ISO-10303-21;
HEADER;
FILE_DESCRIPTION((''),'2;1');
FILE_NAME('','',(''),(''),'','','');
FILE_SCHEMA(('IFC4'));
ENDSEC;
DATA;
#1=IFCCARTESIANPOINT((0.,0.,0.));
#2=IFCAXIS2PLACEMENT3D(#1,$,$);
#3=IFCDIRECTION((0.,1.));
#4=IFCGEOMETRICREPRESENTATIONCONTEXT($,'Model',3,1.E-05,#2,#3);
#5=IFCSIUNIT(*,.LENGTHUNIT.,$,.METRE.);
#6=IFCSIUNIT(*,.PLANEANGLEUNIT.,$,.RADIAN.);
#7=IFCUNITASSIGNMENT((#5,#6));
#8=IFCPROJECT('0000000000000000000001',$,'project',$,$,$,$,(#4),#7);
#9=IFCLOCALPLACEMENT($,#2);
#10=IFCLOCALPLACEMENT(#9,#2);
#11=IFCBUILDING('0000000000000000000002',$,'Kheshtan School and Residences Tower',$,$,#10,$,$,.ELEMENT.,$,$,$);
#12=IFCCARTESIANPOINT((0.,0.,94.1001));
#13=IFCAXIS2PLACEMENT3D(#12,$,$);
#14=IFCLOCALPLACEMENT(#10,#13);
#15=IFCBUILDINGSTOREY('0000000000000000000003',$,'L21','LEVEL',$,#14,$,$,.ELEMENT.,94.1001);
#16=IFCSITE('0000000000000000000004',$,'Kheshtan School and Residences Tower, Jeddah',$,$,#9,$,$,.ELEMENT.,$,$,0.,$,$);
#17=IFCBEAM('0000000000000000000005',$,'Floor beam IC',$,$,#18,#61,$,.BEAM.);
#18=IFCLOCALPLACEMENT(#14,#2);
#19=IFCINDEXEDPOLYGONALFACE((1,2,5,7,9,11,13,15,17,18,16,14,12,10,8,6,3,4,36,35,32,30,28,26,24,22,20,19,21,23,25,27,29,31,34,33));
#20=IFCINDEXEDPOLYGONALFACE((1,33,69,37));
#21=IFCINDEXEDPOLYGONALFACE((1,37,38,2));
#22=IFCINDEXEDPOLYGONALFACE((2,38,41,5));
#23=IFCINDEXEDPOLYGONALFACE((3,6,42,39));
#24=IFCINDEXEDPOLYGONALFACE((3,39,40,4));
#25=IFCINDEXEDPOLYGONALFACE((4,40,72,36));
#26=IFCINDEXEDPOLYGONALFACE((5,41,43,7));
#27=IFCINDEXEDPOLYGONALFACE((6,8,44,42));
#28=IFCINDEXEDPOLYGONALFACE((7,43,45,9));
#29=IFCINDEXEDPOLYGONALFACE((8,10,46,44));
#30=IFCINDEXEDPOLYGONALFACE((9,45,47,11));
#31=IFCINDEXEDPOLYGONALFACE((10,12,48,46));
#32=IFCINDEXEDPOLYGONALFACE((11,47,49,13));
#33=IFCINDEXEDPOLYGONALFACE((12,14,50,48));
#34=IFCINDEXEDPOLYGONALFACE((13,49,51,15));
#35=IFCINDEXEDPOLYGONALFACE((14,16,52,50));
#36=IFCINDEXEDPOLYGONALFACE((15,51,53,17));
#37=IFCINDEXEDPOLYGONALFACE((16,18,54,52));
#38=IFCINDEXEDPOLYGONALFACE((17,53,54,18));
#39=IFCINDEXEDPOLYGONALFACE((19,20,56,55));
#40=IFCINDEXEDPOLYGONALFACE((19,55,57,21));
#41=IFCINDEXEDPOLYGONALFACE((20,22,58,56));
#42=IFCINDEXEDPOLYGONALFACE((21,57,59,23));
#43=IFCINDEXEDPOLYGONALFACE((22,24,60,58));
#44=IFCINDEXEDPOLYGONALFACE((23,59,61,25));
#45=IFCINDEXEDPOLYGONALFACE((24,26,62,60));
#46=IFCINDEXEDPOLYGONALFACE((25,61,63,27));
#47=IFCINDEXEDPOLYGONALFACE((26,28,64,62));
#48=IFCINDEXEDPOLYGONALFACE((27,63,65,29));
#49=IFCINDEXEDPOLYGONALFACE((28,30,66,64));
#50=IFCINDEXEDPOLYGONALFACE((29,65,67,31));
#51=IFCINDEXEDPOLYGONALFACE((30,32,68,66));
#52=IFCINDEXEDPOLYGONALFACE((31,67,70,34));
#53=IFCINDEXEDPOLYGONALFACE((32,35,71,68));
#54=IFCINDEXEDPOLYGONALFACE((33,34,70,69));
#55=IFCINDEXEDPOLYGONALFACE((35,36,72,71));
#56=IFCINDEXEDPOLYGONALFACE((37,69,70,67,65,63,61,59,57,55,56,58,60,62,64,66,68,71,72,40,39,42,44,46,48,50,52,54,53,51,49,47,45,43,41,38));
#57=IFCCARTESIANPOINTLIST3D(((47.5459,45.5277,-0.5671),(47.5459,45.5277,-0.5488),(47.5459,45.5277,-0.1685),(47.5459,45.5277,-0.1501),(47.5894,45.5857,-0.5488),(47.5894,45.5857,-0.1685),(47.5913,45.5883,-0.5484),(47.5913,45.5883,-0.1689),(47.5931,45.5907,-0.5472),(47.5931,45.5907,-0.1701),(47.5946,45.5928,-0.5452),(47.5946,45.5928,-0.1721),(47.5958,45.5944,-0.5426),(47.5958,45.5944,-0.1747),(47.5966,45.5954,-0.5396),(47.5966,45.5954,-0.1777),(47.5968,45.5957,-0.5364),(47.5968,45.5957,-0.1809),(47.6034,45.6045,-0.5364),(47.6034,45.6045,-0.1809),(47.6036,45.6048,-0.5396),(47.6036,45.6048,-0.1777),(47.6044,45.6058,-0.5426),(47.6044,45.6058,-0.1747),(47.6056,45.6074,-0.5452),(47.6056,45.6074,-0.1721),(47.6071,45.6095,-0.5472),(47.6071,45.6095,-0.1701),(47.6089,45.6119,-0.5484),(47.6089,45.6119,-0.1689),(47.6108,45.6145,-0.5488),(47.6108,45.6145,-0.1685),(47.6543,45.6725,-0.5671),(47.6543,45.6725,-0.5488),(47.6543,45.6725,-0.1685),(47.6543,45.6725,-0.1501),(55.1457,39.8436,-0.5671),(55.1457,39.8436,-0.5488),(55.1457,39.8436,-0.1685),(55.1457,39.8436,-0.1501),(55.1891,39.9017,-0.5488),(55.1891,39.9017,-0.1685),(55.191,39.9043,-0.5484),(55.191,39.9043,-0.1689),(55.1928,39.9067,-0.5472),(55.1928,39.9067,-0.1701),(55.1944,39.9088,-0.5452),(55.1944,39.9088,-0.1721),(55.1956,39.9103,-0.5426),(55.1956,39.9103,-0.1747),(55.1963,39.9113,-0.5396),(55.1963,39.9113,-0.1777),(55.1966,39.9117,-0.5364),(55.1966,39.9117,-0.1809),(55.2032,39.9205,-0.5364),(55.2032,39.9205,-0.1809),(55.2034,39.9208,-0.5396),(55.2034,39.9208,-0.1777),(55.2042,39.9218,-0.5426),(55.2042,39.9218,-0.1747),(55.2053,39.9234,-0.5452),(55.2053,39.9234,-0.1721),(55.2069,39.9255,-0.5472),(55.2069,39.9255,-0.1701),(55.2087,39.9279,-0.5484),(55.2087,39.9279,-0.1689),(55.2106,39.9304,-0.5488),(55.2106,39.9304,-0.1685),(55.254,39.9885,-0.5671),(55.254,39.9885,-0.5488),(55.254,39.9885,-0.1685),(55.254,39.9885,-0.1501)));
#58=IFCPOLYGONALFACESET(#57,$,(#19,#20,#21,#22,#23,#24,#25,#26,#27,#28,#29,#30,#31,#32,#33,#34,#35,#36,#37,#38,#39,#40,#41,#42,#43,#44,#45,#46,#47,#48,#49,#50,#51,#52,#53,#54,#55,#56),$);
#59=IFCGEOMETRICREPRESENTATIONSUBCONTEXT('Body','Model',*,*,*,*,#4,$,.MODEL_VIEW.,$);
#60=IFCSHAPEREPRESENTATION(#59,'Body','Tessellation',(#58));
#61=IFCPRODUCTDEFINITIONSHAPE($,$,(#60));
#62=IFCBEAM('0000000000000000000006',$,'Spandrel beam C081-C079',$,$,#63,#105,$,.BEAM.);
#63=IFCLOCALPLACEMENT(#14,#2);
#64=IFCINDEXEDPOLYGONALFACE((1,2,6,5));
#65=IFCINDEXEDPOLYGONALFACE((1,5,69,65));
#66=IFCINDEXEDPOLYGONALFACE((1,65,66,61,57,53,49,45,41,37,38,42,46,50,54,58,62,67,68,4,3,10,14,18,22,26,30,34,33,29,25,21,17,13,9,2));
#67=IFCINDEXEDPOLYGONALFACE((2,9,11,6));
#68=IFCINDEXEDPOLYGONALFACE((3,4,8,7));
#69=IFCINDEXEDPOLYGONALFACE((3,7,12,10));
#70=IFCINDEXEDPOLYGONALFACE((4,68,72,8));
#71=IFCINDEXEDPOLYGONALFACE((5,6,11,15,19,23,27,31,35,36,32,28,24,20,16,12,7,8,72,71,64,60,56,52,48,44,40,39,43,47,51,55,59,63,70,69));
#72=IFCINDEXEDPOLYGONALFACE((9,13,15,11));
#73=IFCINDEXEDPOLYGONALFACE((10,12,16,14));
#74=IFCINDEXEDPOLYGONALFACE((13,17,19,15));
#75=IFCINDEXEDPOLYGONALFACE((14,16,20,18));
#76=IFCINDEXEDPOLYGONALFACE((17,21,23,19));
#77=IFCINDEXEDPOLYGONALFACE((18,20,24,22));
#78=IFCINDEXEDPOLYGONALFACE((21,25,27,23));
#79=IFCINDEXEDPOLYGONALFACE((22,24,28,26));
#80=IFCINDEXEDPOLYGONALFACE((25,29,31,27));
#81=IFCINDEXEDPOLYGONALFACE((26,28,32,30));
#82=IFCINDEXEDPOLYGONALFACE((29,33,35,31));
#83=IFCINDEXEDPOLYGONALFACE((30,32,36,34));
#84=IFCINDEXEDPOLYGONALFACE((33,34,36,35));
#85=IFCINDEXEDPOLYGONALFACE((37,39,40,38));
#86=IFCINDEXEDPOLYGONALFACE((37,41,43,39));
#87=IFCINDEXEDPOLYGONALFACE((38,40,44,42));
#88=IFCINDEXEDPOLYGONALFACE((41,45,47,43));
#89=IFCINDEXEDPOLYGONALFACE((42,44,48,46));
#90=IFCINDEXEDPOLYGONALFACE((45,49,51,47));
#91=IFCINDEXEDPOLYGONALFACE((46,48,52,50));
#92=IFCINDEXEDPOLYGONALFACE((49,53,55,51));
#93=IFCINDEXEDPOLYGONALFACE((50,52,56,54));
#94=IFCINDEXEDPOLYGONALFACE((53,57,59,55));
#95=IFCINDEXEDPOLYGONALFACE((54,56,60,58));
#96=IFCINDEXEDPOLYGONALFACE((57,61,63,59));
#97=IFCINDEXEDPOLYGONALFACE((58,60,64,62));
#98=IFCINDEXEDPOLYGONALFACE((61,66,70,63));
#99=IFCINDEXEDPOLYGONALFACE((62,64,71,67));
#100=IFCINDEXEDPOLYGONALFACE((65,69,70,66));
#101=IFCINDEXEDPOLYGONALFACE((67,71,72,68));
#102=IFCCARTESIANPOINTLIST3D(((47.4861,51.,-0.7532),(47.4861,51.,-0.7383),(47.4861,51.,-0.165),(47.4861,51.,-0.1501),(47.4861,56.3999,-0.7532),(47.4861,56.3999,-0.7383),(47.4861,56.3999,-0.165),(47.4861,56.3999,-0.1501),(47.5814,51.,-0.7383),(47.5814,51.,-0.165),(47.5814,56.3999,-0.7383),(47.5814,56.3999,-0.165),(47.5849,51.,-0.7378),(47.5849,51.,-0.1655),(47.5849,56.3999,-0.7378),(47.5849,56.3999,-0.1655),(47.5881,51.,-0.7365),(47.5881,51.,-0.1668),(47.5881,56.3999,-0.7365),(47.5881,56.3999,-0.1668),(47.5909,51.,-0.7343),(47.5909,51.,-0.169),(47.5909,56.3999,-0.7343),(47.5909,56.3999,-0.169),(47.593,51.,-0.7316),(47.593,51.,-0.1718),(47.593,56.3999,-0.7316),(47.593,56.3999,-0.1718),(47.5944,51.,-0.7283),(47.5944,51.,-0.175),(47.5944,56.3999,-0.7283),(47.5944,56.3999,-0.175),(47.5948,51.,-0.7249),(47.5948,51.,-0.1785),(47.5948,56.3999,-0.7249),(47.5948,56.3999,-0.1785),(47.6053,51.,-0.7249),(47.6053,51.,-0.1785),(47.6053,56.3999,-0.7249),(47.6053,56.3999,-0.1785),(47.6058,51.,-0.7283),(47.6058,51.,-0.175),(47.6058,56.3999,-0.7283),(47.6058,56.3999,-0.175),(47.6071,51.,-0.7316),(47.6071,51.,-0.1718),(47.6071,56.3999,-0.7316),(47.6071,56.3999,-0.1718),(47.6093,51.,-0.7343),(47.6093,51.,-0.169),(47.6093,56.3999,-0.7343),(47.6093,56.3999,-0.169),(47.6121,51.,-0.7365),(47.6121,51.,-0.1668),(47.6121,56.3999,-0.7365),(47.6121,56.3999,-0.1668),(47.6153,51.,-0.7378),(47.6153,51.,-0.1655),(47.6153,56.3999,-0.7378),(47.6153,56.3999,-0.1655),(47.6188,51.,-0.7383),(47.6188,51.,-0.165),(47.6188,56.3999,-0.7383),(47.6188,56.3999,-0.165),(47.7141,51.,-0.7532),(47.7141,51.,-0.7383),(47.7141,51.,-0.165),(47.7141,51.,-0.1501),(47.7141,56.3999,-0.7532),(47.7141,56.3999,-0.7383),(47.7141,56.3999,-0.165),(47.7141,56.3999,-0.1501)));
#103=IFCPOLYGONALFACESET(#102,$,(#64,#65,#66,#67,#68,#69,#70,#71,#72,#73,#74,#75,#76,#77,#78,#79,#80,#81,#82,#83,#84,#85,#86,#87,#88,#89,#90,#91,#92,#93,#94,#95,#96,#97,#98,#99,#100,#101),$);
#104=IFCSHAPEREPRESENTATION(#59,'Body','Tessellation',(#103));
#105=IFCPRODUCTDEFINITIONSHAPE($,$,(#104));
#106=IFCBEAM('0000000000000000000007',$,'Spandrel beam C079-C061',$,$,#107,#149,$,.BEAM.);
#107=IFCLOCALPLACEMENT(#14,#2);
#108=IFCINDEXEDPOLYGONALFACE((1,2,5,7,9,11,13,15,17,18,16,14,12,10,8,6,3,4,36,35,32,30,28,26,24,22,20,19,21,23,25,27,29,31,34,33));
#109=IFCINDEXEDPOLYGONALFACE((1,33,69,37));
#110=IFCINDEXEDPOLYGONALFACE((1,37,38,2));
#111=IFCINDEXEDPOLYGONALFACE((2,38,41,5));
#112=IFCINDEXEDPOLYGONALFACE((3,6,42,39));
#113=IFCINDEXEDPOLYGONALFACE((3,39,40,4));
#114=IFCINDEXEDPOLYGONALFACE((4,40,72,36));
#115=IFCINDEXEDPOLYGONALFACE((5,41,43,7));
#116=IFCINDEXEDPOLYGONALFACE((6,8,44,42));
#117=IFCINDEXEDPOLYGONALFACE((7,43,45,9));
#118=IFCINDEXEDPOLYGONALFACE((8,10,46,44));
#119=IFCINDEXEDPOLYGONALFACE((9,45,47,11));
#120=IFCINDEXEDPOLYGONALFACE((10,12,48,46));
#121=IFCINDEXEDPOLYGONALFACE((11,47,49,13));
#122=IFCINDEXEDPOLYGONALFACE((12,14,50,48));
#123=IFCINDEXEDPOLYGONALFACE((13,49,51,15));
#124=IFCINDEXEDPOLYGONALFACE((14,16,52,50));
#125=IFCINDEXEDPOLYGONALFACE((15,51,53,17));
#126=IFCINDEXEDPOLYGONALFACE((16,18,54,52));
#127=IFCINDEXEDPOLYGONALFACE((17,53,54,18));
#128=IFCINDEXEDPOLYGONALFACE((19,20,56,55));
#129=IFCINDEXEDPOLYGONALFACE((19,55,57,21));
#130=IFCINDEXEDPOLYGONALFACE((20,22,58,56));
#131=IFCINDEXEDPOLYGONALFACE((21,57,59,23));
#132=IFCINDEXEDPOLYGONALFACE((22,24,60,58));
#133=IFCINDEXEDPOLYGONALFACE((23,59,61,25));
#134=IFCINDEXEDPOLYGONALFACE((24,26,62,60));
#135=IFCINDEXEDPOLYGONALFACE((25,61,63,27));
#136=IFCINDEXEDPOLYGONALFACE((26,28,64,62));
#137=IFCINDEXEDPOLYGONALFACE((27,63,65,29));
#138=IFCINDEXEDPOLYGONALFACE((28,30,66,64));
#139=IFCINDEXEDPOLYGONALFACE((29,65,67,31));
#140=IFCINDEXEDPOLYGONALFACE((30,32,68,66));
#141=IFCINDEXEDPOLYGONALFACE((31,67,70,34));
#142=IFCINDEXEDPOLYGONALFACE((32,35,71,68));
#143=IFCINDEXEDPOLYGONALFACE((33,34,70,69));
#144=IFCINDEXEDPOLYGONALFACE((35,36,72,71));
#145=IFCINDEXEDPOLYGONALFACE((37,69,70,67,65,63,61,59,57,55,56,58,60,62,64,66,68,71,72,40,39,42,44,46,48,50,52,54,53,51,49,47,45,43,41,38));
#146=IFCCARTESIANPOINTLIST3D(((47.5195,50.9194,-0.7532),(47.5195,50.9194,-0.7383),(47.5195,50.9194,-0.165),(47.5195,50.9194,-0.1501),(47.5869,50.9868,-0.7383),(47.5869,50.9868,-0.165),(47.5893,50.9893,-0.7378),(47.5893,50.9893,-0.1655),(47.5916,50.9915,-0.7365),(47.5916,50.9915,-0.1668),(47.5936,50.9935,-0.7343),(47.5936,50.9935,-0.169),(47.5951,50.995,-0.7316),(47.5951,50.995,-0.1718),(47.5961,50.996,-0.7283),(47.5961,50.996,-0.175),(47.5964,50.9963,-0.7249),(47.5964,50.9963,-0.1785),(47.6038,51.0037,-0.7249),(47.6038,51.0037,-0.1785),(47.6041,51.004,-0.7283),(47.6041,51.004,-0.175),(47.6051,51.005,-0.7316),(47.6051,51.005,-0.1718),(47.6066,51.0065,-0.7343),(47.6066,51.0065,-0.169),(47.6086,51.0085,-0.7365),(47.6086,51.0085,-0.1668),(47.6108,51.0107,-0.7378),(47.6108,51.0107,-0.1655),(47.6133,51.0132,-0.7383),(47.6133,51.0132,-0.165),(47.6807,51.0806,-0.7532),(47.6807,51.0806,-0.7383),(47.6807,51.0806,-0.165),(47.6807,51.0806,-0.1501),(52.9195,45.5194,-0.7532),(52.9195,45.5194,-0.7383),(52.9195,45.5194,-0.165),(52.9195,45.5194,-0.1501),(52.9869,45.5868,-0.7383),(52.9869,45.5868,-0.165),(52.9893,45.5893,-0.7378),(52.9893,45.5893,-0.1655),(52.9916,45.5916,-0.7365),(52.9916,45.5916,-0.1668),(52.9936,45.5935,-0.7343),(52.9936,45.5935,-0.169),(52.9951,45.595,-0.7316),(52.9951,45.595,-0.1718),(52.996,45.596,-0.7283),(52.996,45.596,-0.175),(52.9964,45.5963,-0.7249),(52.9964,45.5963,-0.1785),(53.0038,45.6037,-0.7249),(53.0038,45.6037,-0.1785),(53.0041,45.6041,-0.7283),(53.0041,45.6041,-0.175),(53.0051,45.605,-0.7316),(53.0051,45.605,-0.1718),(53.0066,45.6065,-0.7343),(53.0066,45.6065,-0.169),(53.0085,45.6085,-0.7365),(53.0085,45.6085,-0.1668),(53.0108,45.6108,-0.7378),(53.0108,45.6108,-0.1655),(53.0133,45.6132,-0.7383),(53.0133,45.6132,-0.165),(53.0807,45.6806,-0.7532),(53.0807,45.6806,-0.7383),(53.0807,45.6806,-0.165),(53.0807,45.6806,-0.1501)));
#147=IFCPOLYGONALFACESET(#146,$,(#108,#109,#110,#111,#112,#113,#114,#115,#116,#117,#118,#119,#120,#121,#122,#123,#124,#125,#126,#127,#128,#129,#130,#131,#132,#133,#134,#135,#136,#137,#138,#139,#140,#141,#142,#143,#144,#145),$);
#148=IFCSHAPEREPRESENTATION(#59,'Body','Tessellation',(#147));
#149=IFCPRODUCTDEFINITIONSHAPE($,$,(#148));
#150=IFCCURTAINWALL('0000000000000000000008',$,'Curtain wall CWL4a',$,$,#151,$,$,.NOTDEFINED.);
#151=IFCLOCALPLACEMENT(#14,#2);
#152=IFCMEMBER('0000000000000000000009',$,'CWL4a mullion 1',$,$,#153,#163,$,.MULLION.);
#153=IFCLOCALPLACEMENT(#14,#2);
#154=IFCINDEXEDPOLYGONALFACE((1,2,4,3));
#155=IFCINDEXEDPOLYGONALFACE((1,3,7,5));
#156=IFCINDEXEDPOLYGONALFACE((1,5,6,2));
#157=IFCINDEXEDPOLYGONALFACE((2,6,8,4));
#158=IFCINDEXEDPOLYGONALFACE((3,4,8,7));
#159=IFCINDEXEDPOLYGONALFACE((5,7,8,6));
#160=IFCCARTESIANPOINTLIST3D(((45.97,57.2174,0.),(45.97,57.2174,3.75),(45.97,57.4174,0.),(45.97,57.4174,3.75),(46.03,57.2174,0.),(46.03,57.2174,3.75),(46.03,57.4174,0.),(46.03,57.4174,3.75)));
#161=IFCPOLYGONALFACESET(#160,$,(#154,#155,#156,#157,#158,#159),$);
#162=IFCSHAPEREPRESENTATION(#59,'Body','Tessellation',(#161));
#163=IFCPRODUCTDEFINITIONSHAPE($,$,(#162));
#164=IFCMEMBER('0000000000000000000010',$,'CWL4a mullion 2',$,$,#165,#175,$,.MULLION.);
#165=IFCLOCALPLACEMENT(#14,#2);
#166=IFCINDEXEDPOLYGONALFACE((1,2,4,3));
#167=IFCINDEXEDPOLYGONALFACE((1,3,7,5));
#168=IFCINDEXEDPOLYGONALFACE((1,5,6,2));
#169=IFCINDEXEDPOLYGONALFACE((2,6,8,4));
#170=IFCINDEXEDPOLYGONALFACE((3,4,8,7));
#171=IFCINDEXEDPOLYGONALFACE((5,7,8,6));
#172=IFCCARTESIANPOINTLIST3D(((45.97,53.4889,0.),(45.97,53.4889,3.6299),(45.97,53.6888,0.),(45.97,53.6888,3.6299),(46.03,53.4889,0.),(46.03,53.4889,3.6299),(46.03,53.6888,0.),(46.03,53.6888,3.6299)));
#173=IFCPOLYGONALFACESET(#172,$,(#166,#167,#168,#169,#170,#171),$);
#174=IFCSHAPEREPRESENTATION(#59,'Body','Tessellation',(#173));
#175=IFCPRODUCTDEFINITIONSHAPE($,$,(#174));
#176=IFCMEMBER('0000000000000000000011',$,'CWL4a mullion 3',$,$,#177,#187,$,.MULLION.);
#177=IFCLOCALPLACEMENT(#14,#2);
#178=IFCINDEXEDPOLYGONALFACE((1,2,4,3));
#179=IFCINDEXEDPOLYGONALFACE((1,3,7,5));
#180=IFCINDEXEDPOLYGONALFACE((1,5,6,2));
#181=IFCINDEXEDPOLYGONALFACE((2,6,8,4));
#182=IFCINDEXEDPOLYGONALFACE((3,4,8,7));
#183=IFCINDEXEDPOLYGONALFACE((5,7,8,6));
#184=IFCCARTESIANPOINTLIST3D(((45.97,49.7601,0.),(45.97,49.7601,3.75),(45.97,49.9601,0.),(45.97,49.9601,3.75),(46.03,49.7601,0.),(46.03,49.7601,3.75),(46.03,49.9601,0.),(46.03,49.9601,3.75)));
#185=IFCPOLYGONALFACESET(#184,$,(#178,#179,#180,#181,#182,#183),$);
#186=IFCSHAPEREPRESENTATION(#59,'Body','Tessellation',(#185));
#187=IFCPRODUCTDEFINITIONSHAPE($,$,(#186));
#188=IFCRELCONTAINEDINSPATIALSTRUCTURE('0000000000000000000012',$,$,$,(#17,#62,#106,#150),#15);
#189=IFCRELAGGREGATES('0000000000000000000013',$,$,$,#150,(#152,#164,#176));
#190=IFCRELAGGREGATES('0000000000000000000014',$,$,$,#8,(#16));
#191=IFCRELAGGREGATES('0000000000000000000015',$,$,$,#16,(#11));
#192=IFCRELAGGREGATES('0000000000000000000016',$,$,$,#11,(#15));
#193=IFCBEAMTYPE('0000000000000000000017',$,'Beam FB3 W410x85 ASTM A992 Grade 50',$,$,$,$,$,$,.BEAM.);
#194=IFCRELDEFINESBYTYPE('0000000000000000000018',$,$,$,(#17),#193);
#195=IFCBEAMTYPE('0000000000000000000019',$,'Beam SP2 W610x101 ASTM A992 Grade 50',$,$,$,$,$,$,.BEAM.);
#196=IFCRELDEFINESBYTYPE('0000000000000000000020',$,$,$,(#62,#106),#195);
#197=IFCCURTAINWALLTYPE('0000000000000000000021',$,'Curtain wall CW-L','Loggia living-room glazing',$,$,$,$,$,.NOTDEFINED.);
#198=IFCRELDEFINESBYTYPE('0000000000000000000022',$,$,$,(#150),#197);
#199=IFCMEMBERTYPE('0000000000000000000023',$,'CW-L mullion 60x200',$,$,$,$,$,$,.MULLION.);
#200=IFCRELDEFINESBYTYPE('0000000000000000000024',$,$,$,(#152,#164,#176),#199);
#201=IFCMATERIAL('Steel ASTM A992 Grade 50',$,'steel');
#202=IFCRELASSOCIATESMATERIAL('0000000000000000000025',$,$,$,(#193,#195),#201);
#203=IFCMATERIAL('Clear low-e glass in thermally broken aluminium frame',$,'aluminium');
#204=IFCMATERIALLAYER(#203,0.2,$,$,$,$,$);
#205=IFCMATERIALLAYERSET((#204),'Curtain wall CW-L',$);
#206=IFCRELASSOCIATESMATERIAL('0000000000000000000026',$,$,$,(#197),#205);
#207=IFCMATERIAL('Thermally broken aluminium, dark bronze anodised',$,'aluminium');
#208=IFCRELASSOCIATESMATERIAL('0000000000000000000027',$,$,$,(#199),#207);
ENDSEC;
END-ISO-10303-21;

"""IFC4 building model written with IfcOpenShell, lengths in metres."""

from ifc_helpers import new_model, si_unit, direction, frame, origin, origin_2d, place, context, subcontext, project, spatial, rectangle, i_section, extrude, material, layer, layer_set, material_profile, profile_set, type_object, element, aggregate, save


model = new_model("IFC4")

# Units and contexts
model_context = context("Model", 3, precision=1e-05, world=origin(), true_north=direction((0.0, 1.0)))
body_context = subcontext(model_context, "Body", "Model", "MODEL_VIEW")
ifc_project = project(units=[si_unit("LENGTHUNIT", "METRE"), si_unit("PLANEANGLEUNIT", "RADIAN")], contexts=[model_context])

# Site, building, storey
site_placement = place(None, origin())
site = spatial("IfcSite", under=ifc_project, at=site_placement, Name="Kheshtan School and Residences Tower, Jeddah", CompositionType="ELEMENT", RefElevation=0.0)
building_placement = place(site_placement, origin())
building = spatial("IfcBuilding", under=site, at=building_placement, Name="Kheshtan School and Residences Tower", CompositionType="ELEMENT")
storey_placement = place(building_placement, frame((0.0, 0.0, 94.1001)))
storey = spatial("IfcBuildingStorey", under=building, at=storey_placement, Name="L21", Description="LEVEL", CompositionType="ELEMENT", Elevation=94.1001)

# Shared definitions
ifc_material_1 = material(Name="Steel ASTM A992 Grade 50", Category="steel")

# Beams
ifc_material_profile_1 = material_profile(ifc_material_1, i_section(OverallWidth=0.1809, OverallDepth=0.417, WebThickness=0.011, FlangeThickness=0.0183, FilletRadius=0.0125, at=origin_2d()), Name="W410x85")
ifc_profile_set_1 = profile_set([ifc_material_profile_1], Name="Steel ASTM A992 Grade 50")
beam_type_1 = type_object("IfcBeamType", Name="Beam FB3 W410x85 ASTM A992 Grade 50", PredefinedType="BEAM", material=ifc_profile_set_1)
beam_1_placement = place(storey_placement, frame((47.6001, 45.6001, -0.3586), z_axis=(0.800799, -0.598933, 0.0), x_axis=(0.598933, 0.800799, 0.0)))
element("IfcBeam", 1, at=beam_1_placement, inside=storey, type_object=beam_type_1, Name="Floor beam IC", PredefinedType="BEAM", context=body_context, shape_type="SweptSolid", body=[
    extrude(i_section(OverallWidth=0.1809, OverallDepth=0.417, WebThickness=0.011, FlangeThickness=0.0183, FilletRadius=0.0125, at=origin_2d()), origin(), (0.0, 0.0, 1.0), 9.4902),
])
ifc_material_profile_2 = material_profile(ifc_material_1, i_section(OverallWidth=0.228, OverallDepth=0.603, WebThickness=0.0105, FlangeThickness=0.0149, FilletRadius=0.0134, at=origin_2d()), Name="W610x101")
ifc_profile_set_2 = profile_set([ifc_material_profile_2], Name="Steel ASTM A992 Grade 50")
beam_type_2 = type_object("IfcBeamType", Name="Beam SP2 W610x101 ASTM A992 Grade 50", PredefinedType="BEAM", material=ifc_profile_set_2)
beam_2_placement = place(storey_placement, frame((47.6001, 56.3999, -0.4517), z_axis=(0.0, -1.0, 0.0), x_axis=(1.0, 0.0, 0.0)))
element("IfcBeam", 2, at=beam_2_placement, inside=storey, type_object=beam_type_2, Name="Spandrel beam C081-C079", PredefinedType="BEAM", context=body_context, shape_type="SweptSolid", body=[
    extrude(i_section(OverallWidth=0.228, OverallDepth=0.603, WebThickness=0.0105, FlangeThickness=0.0149, FilletRadius=0.0134, at=origin_2d()), origin(), (0.0, 0.0, 1.0), 5.3999),
])
beam_3_placement = place(storey_placement, frame((47.6001, 51.0, -0.4517), z_axis=(0.707107, -0.707107, 0.0), x_axis=(0.707107, 0.707107, 0.0)))
element("IfcBeam", 3, at=beam_3_placement, inside=storey, type_object=beam_type_2, Name="Spandrel beam C079-C061", PredefinedType="BEAM", context=body_context, shape_type="SweptSolid", body=[
    extrude(i_section(OverallWidth=0.228, OverallDepth=0.603, WebThickness=0.0105, FlangeThickness=0.0149, FilletRadius=0.0134, at=origin_2d()), origin(), (0.0, 0.0, 1.0), 7.6367),
])

# Curtain wall, members
ifc_material_2 = material(Name="Clear low-e glass in thermally broken aluminium frame", Category="aluminium")
ifc_layer_1 = layer(ifc_material_2, 0.2)
ifc_layer_set_1 = layer_set([ifc_layer_1], Name="Curtain wall CW-L")
curtain_wall_type = type_object("IfcCurtainWallType", Name="Curtain wall CW-L", Description="Loggia living-room glazing", PredefinedType="NOTDEFINED", material=ifc_layer_set_1)
curtain_wall_placement = place(storey_placement, origin())
curtain_wall = element("IfcCurtainWall", 4, at=curtain_wall_placement, inside=storey, type_object=curtain_wall_type, Name="Curtain wall CWL4a", PredefinedType="NOTDEFINED")
ifc_material_3 = material(Name="Thermally broken aluminium, dark bronze anodised", Category="aluminium")
ifc_material_profile_3 = material_profile(ifc_material_3, rectangle(XDim=0.0601, YDim=0.2, at=origin_2d()), Name="CW-L mullion 60x200")
ifc_profile_set_3 = profile_set([ifc_material_profile_3], Name="Thermally broken aluminium, dark bronze anodised")
member_type_1 = type_object("IfcMemberType", Name="CW-L mullion 60x200", PredefinedType="MULLION", material=ifc_profile_set_3)
member_1_placement = place(storey_placement, frame((46.0, 57.3174, 0.0), z_axis=(0.0, 0.0, 1.0), x_axis=(1.0, 0.0, 0.0)))
member_1 = element("IfcMember", 5, at=member_1_placement, type_object=member_type_1, Name="CWL4a mullion 1", PredefinedType="MULLION", context=body_context, shape_type="SweptSolid", body=[
    extrude(rectangle(XDim=0.0601, YDim=0.2, at=origin_2d()), origin(), (0.0, 0.0, 1.0), 3.75),
])
member_2_placement = place(storey_placement, frame((46.0, 53.5889, 0.0), z_axis=(0.0, 0.0, 1.0), x_axis=(1.0, 0.0, 0.0)))
member_2 = element("IfcMember", 6, at=member_2_placement, type_object=member_type_1, Name="CWL4a mullion 2", PredefinedType="MULLION", context=body_context, shape_type="SweptSolid", body=[
    extrude(rectangle(XDim=0.0601, YDim=0.2, at=origin_2d()), origin(), (0.0, 0.0, 1.0), 3.6299),
])
member_3_placement = place(storey_placement, frame((46.0, 49.8601, 0.0), z_axis=(0.0, 0.0, 1.0), x_axis=(1.0, 0.0, 0.0)))
member_3 = element("IfcMember", 7, at=member_3_placement, type_object=member_type_1, Name="CWL4a mullion 3", PredefinedType="MULLION", context=body_context, shape_type="SweptSolid", body=[
    extrude(rectangle(XDim=0.0601, YDim=0.2, at=origin_2d()), origin(), (0.0, 0.0, 1.0), 3.75),
])
aggregate(curtain_wall, [member_1, member_2, member_3])

save(model, "model.ifc")
